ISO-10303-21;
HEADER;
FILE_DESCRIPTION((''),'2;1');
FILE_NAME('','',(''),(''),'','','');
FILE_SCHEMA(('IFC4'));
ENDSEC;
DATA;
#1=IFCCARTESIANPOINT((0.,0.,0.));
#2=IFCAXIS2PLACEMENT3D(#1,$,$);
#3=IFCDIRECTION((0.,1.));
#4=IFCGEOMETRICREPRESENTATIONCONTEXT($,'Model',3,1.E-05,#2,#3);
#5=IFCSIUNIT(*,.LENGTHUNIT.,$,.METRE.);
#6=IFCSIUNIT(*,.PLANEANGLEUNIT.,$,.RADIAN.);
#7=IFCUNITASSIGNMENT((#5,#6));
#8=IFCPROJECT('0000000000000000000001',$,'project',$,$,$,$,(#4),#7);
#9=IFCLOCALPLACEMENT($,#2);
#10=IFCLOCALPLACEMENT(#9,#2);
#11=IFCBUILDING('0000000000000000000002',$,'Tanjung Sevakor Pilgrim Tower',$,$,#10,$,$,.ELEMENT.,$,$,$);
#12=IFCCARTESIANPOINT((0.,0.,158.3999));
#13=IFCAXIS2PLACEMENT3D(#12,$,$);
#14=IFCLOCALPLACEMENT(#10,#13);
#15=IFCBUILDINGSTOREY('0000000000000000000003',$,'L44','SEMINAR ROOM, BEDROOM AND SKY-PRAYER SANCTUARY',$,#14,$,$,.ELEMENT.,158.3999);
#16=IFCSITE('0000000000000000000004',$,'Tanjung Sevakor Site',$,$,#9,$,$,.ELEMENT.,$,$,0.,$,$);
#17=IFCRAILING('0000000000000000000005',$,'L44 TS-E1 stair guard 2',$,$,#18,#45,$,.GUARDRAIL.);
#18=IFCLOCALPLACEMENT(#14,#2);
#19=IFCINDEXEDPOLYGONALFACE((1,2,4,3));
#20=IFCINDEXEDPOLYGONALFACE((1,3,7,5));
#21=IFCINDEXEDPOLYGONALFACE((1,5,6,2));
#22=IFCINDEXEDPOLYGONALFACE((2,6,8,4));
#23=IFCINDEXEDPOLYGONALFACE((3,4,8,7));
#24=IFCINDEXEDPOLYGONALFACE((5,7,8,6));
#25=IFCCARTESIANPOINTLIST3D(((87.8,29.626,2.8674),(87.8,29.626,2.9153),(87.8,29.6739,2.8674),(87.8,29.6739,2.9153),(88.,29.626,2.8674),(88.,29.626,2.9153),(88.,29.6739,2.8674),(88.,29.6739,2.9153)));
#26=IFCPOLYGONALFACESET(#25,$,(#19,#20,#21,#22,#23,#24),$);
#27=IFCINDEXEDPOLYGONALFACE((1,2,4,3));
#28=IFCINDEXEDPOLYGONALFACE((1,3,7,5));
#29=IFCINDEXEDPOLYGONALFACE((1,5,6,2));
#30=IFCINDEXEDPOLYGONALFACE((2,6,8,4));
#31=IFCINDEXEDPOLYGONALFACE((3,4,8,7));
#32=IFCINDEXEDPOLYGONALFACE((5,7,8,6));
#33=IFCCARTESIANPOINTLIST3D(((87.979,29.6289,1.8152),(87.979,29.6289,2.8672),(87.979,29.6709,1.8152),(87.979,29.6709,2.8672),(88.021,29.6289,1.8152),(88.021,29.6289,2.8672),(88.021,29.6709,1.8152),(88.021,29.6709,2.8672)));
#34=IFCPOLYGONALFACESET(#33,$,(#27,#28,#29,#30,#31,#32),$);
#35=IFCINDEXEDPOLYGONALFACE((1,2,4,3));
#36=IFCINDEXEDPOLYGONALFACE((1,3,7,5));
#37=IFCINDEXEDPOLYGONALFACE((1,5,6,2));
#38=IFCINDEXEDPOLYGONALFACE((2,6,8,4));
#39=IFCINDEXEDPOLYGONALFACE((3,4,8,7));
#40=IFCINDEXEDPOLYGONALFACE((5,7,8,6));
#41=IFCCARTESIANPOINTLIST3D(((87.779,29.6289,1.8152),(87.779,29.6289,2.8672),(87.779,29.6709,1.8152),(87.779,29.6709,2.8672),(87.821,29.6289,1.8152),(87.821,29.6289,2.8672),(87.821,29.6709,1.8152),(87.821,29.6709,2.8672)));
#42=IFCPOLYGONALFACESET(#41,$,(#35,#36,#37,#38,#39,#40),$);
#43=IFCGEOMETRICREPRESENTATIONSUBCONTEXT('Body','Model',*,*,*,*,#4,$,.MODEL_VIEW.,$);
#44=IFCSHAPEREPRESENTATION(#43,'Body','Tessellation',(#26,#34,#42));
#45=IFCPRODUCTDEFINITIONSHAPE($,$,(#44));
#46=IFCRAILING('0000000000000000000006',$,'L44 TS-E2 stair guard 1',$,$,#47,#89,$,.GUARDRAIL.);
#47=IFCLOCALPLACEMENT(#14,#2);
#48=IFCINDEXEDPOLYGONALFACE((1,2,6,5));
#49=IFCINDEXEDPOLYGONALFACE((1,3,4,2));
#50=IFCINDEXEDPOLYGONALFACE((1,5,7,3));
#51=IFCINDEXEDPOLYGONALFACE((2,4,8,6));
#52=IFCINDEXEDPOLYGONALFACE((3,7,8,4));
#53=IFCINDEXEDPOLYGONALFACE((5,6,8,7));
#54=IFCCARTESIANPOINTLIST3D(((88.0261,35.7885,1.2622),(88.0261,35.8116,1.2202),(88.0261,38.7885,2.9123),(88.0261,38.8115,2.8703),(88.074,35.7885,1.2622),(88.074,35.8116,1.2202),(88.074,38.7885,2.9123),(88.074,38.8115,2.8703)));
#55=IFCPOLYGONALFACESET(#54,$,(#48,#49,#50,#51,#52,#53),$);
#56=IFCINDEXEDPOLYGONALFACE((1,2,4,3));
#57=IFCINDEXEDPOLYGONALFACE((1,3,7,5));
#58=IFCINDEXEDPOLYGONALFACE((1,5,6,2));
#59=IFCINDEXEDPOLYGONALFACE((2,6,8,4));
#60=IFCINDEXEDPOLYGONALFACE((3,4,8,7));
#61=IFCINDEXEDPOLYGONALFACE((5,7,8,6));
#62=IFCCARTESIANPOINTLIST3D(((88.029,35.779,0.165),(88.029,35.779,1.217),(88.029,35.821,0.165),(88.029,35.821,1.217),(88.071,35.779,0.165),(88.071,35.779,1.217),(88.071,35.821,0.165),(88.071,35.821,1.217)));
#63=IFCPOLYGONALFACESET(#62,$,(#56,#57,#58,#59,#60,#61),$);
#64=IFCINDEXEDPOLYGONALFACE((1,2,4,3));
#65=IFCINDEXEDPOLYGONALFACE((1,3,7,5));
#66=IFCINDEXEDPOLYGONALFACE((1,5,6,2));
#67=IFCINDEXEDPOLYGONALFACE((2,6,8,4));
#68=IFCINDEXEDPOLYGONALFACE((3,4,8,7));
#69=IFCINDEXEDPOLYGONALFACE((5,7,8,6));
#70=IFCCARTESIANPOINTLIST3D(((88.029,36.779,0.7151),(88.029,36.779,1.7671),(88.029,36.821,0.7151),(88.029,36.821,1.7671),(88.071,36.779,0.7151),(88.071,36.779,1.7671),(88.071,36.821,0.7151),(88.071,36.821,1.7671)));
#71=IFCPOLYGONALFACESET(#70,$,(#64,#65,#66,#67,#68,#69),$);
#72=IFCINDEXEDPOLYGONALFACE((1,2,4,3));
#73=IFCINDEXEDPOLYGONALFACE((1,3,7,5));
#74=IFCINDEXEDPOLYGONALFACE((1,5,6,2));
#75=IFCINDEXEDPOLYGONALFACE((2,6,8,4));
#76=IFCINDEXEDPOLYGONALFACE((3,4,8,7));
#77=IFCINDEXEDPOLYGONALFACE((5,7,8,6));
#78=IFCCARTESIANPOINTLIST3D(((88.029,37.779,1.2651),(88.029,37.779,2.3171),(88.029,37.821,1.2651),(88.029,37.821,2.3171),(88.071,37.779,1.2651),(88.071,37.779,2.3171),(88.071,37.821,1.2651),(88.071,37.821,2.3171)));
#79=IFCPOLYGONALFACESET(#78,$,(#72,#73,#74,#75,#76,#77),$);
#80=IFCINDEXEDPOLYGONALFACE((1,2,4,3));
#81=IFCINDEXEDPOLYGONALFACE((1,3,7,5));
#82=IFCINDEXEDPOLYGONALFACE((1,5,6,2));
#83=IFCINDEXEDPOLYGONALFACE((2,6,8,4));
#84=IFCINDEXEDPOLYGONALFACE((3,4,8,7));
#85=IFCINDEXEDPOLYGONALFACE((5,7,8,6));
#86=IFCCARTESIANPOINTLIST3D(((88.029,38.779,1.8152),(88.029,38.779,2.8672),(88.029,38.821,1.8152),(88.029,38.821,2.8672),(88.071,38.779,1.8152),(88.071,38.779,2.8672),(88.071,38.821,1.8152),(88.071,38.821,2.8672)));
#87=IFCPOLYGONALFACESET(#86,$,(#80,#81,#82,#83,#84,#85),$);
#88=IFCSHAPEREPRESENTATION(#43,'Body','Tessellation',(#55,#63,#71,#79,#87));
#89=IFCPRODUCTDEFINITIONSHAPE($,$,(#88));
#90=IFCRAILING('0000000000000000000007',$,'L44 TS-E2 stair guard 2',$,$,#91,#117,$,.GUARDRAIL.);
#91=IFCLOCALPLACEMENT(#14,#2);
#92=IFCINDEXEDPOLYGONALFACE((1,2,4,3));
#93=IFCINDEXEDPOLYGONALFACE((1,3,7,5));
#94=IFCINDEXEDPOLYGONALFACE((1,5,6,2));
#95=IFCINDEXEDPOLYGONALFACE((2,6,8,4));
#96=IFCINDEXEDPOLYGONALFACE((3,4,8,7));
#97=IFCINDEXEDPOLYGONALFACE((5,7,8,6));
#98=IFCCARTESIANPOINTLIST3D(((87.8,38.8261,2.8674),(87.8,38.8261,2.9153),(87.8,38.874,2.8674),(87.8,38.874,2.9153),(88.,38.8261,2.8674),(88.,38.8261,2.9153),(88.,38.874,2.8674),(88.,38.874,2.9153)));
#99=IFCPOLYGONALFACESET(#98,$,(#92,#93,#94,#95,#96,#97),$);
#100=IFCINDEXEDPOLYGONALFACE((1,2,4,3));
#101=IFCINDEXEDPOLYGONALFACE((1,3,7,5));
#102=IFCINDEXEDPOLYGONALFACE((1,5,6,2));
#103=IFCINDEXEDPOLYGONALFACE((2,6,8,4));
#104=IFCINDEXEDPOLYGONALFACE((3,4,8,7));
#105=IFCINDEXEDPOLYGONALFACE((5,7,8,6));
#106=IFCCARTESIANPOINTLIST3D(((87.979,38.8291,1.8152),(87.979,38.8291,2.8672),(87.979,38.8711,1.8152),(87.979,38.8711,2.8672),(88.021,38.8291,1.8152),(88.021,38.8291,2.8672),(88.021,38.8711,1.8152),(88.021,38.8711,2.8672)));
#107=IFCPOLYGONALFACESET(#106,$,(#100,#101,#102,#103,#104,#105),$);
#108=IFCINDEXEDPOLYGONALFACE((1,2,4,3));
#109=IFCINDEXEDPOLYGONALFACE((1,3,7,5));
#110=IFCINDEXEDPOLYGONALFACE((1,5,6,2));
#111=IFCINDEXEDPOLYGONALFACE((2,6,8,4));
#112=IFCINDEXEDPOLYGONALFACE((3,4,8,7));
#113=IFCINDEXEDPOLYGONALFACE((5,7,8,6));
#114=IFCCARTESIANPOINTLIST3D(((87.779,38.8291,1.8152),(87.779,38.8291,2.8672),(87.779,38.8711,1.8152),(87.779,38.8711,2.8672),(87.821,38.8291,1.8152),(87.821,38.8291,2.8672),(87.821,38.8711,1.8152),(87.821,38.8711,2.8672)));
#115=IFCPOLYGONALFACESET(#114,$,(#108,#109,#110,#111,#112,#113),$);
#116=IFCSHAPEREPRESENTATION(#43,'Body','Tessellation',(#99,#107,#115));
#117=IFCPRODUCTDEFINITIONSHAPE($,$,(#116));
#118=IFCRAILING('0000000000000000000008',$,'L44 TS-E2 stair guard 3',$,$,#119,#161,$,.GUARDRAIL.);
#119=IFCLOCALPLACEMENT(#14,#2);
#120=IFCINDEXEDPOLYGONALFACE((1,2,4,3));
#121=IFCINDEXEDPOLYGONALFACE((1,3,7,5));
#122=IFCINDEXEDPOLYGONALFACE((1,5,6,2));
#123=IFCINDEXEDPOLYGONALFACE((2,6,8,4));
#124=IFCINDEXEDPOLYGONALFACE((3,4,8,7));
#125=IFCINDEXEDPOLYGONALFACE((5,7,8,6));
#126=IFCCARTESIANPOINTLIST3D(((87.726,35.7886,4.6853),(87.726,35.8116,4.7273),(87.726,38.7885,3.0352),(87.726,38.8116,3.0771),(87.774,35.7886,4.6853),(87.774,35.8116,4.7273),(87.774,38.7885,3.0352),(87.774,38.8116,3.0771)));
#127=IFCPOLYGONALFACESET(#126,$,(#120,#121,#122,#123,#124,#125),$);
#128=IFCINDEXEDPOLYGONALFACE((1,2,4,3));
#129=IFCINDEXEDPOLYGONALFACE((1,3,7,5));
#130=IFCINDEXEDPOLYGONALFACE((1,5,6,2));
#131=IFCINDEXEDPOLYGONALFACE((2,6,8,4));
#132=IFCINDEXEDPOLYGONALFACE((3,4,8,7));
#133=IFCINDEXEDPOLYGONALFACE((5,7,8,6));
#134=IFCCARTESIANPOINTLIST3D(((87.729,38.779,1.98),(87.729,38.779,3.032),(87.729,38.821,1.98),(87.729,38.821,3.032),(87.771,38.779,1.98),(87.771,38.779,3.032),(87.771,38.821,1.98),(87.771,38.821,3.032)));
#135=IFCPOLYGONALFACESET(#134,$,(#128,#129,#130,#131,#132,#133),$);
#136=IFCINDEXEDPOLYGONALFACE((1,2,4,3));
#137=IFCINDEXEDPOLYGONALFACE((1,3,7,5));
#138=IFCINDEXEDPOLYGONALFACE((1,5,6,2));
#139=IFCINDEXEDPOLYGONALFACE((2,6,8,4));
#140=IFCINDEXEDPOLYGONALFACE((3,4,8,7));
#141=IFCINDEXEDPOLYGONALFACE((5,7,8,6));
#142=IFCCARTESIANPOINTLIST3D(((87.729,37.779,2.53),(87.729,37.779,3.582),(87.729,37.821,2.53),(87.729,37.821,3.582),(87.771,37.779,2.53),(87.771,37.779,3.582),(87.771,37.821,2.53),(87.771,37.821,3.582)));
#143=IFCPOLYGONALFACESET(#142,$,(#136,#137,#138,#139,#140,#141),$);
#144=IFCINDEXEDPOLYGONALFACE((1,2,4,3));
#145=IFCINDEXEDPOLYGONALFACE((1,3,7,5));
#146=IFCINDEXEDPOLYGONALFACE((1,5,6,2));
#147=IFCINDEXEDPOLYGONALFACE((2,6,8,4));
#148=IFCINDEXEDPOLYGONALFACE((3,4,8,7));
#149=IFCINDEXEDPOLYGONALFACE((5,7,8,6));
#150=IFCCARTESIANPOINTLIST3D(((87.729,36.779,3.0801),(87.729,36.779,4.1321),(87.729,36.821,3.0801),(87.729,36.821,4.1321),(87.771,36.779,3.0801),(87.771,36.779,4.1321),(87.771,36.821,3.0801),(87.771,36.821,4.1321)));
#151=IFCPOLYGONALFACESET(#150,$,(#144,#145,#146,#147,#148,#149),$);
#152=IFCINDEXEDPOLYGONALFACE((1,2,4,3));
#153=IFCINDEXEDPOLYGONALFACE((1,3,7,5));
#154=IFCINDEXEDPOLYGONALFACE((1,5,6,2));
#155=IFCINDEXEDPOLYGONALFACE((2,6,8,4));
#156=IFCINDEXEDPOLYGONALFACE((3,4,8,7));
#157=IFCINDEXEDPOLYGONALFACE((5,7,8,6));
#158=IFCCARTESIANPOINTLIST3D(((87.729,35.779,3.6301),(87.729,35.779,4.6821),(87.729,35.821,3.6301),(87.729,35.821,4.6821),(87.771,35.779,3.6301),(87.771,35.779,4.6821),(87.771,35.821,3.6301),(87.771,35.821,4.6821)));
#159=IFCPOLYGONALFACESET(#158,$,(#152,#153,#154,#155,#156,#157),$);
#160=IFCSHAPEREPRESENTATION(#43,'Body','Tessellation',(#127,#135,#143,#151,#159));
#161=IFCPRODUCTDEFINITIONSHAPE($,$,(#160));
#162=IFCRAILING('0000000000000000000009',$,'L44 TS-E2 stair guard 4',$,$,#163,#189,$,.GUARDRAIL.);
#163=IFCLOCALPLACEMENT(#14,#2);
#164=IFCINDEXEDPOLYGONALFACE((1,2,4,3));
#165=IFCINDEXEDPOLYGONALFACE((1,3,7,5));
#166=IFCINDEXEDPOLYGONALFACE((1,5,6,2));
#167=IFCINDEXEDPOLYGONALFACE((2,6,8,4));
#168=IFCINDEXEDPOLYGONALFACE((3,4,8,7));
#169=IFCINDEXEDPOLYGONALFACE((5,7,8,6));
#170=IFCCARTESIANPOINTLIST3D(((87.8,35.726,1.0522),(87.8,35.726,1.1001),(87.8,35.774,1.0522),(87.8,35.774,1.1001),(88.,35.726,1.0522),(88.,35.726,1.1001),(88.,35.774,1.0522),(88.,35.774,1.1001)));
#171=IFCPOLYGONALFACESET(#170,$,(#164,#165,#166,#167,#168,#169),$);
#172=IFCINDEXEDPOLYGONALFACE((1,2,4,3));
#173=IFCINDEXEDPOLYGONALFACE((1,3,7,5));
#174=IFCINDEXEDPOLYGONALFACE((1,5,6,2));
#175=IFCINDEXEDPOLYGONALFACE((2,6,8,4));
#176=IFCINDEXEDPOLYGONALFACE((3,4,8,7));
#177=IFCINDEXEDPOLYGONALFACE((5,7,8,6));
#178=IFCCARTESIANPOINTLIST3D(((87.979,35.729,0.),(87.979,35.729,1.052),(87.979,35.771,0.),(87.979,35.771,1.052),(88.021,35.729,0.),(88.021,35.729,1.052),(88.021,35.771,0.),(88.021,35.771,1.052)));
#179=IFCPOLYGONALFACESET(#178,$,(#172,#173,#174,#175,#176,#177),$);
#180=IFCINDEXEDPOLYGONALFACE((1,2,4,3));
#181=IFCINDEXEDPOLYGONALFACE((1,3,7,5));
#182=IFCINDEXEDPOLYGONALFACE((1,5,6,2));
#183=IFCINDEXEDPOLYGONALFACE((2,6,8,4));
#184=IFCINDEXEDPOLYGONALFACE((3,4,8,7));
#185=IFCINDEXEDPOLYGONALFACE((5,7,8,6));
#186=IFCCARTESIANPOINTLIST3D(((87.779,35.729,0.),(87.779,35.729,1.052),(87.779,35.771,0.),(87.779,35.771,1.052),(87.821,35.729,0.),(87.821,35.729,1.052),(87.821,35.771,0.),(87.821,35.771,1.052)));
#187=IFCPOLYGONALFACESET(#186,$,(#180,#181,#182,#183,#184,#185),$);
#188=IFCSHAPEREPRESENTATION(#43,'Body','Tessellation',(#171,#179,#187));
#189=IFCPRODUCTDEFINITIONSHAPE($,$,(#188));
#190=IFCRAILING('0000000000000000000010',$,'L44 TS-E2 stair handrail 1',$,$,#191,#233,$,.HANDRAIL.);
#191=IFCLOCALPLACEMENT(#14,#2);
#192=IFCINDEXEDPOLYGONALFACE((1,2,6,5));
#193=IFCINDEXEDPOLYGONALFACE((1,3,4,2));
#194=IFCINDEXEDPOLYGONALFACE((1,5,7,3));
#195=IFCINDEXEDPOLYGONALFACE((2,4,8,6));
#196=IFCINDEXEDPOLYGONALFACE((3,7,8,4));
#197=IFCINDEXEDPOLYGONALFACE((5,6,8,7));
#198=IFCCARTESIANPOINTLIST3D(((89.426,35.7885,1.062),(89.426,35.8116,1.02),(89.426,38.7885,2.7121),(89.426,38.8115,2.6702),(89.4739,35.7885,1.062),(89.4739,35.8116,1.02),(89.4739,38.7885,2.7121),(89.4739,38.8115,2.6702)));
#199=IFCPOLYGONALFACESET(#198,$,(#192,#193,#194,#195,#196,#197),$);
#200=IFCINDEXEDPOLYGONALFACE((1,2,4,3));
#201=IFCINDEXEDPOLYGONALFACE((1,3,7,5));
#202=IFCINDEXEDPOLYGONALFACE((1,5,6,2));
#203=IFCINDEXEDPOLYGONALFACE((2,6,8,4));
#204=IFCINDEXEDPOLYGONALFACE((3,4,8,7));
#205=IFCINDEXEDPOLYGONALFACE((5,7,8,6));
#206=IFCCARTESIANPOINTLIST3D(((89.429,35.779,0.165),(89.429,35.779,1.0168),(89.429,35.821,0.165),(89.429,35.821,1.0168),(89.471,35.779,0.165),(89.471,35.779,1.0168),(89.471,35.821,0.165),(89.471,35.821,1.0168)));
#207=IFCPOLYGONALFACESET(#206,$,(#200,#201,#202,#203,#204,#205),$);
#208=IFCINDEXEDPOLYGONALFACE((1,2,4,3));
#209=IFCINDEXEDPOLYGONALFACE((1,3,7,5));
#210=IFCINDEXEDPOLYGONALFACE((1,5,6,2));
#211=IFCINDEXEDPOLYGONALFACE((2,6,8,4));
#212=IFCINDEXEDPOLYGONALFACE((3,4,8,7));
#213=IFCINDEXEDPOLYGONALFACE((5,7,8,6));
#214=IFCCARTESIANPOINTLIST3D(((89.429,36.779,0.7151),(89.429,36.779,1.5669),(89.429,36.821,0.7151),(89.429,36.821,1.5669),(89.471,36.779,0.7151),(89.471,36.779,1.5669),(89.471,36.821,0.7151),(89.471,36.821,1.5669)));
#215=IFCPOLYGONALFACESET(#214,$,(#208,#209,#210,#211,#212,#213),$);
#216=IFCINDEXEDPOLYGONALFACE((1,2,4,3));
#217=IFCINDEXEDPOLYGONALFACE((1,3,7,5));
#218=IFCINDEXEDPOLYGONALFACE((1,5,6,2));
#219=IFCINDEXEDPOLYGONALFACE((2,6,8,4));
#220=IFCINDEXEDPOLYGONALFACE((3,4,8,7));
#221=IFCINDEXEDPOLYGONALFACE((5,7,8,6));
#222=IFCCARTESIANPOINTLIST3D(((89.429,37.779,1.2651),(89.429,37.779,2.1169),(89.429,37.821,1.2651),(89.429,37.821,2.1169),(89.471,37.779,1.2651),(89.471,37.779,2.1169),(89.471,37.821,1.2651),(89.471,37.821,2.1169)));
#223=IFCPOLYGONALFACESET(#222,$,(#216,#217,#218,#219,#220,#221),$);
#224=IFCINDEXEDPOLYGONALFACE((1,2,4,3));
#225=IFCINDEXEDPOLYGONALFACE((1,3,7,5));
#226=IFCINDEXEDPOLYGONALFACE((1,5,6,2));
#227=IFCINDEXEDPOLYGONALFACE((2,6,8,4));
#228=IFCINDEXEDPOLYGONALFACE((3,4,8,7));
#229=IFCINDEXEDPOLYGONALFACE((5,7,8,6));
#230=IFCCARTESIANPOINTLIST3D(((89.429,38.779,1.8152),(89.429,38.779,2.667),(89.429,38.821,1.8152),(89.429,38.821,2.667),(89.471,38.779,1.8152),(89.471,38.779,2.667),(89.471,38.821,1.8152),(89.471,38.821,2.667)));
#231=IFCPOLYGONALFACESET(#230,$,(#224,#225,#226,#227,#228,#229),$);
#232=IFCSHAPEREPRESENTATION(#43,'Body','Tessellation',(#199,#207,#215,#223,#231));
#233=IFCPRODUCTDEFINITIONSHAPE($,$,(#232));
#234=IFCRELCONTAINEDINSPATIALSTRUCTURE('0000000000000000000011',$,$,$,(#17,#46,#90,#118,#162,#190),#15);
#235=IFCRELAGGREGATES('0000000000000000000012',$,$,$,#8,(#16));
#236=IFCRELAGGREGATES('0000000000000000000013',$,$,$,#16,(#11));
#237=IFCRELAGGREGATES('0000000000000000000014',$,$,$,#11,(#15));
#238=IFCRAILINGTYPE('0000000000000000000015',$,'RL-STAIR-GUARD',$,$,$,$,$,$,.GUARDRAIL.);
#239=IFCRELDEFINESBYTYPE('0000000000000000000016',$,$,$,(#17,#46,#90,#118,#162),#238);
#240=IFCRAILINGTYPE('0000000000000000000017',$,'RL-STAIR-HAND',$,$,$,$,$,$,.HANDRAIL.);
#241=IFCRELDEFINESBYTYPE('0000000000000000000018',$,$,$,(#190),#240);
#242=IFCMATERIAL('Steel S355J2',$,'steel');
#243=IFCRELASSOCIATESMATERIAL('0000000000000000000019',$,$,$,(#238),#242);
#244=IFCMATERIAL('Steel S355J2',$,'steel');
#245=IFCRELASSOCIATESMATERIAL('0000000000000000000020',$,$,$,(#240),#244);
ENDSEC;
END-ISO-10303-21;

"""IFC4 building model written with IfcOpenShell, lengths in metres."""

from ifc_helpers import new_model, si_unit, direction, frame, origin, place, context, subcontext, project, spatial, rectangle, extrude, material, type_object, element, save


model = new_model("IFC4")

# Units and contexts
model_context = context("Model", 3, precision=1e-05, world=origin(), true_north=direction((0.0, 1.0)))
body_context = subcontext(model_context, "Body", "Model", "MODEL_VIEW")
ifc_project = project(units=[si_unit("LENGTHUNIT", "METRE"), si_unit("PLANEANGLEUNIT", "RADIAN")], contexts=[model_context])

# Site, building, storey
site_placement = place(None, origin())
site = spatial("IfcSite", under=ifc_project, at=site_placement, Name="Tanjung Sevakor Site", CompositionType="ELEMENT", RefElevation=0.0)
building_placement = place(site_placement, origin())
building = spatial("IfcBuilding", under=site, at=building_placement, Name="Tanjung Sevakor Pilgrim Tower", CompositionType="ELEMENT")
storey_placement = place(building_placement, frame((0.0, 0.0, 158.3999)))
storey = spatial("IfcBuildingStorey", under=building, at=storey_placement, Name="L44", Description="SEMINAR ROOM, BEDROOM AND SKY-PRAYER SANCTUARY", CompositionType="ELEMENT", Elevation=158.3999)

# Railings
ifc_material_1 = material(Name="Steel S355J2", Category="steel")
railing_type_1 = type_object("IfcRailingType", Name="RL-STAIR-GUARD", PredefinedType="GUARDRAIL", material=ifc_material_1)
railing_1_placement = place(storey_placement, frame((88.0, 29.6499, 1.8152)))
element("IfcRailing", 1, at=railing_1_placement, inside=storey, type_object=railing_type_1, Name="L44 TS-E1 stair guard 2", PredefinedType="GUARDRAIL", context=body_context, shape_type="SweptSolid", body=[
    extrude(rectangle(XDim=0.0479, YDim=0.0479), frame((0.0, 0.0, 1.0762), z_axis=(-1.0, 0.0, 0.0), x_axis=(0.0, -1.0, 0.0)), (0.0, 0.0, 1.0), 0.2),
    extrude(rectangle(XDim=0.042, YDim=0.042), origin(), (0.0, 0.0, 1.0), 1.052),
    extrude(rectangle(XDim=0.042, YDim=0.042), frame((-0.2, 0.0, 0.0)), (0.0, 0.0, 1.0), 1.052),
])
railing_2_placement = place(storey_placement, frame((88.05, 35.8, 0.165)))
element("IfcRailing", 2, at=railing_2_placement, inside=storey, type_object=railing_type_1, Name="L44 TS-E2 stair guard 1", PredefinedType="GUARDRAIL", context=body_context, shape_type="SweptSolid", body=[
    extrude(rectangle(XDim=0.0479, YDim=0.0479), frame((0.0, 0.0, 1.0762), z_axis=(0.0, 0.876198, 0.481952), x_axis=(-1.0, 0.0, 0.0)), (0.0, 0.0, 1.0), 3.4238),
    extrude(rectangle(XDim=0.042, YDim=0.042), origin(), (0.0, 0.0, 1.0), 1.052),
    extrude(rectangle(XDim=0.042, YDim=0.042), frame((0.0, 1.0, 0.55)), (0.0, 0.0, 1.0), 1.052),
    extrude(rectangle(XDim=0.042, YDim=0.042), frame((0.0, 2.0, 1.1001)), (0.0, 0.0, 1.0), 1.052),
    extrude(rectangle(XDim=0.042, YDim=0.042), frame((0.0, 3.0, 1.6501)), (0.0, 0.0, 1.0), 1.052),
])
railing_3_placement = place(storey_placement, frame((88.0, 38.8501, 1.8152)))
element("IfcRailing", 3, at=railing_3_placement, inside=storey, type_object=railing_type_1, Name="L44 TS-E2 stair guard 2", PredefinedType="GUARDRAIL", context=body_context, shape_type="SweptSolid", body=[
    extrude(rectangle(XDim=0.0479, YDim=0.0479), frame((0.0, 0.0, 1.0762), z_axis=(-1.0, 0.0, 0.0), x_axis=(0.0, -1.0, 0.0)), (0.0, 0.0, 1.0), 0.2),
    extrude(rectangle(XDim=0.042, YDim=0.042), origin(), (0.0, 0.0, 1.0), 1.052),
    extrude(rectangle(XDim=0.042, YDim=0.042), frame((-0.2, 0.0, 0.0)), (0.0, 0.0, 1.0), 1.052),
])
railing_4_placement = place(storey_placement, frame((87.75, 38.8, 1.98)))
element("IfcRailing", 4, at=railing_4_placement, inside=storey, type_object=railing_type_1, Name="L44 TS-E2 stair guard 3", PredefinedType="GUARDRAIL", context=body_context, shape_type="SweptSolid", body=[
    extrude(rectangle(XDim=0.0479, YDim=0.0479), frame((0.0, 0.0, 1.0762), z_axis=(0.0, -0.876198, 0.481952), x_axis=(1.0, 0.0, 0.0)), (0.0, 0.0, 1.0), 3.4238),
    extrude(rectangle(XDim=0.042, YDim=0.042), origin(), (0.0, 0.0, 1.0), 1.052),
    extrude(rectangle(XDim=0.042, YDim=0.042), frame((0.0, -1.0, 0.55)), (0.0, 0.0, 1.0), 1.052),
    extrude(rectangle(XDim=0.042, YDim=0.042), frame((0.0, -2.0, 1.1001)), (0.0, 0.0, 1.0), 1.052),
    extrude(rectangle(XDim=0.042, YDim=0.042), frame((0.0, -3.0, 1.6501)), (0.0, 0.0, 1.0), 1.052),
])
railing_5_placement = place(storey_placement, frame((88.0, 35.75, 0.0)))
element("IfcRailing", 5, at=railing_5_placement, inside=storey, type_object=railing_type_1, Name="L44 TS-E2 stair guard 4", PredefinedType="GUARDRAIL", context=body_context, shape_type="SweptSolid", body=[
    extrude(rectangle(XDim=0.0479, YDim=0.0479), frame((0.0, 0.0, 1.0762), z_axis=(-1.0, 0.0, 0.0), x_axis=(0.0, -1.0, 0.0)), (0.0, 0.0, 1.0), 0.2),
    extrude(rectangle(XDim=0.042, YDim=0.042), origin(), (0.0, 0.0, 1.0), 1.052),
    extrude(rectangle(XDim=0.042, YDim=0.042), frame((-0.2, 0.0, 0.0)), (0.0, 0.0, 1.0), 1.052),
])
ifc_material_2 = material(Name="Steel S355J2", Category="steel")
railing_type_2 = type_object("IfcRailingType", Name="RL-STAIR-HAND", PredefinedType="HANDRAIL", material=ifc_material_2)
railing_6_placement = place(storey_placement, frame((89.45, 35.8, 0.165)))
element("IfcRailing", 6, at=railing_6_placement, inside=storey, type_object=railing_type_2, Name="L44 TS-E2 stair handrail 1", PredefinedType="HANDRAIL", context=body_context, shape_type="SweptSolid", body=[
    extrude(rectangle(XDim=0.0479, YDim=0.0479), frame((0.0, 0.0, 0.876), z_axis=(0.0, 0.876198, 0.481952), x_axis=(-1.0, 0.0, 0.0)), (0.0, 0.0, 1.0), 3.4238),
    extrude(rectangle(XDim=0.042, YDim=0.042), origin(), (0.0, 0.0, 1.0), 0.8518),
    extrude(rectangle(XDim=0.042, YDim=0.042), frame((0.0, 1.0, 0.55)), (0.0, 0.0, 1.0), 0.8518),
    extrude(rectangle(XDim=0.042, YDim=0.042), frame((0.0, 2.0, 1.1001)), (0.0, 0.0, 1.0), 0.8518),
    extrude(rectangle(XDim=0.042, YDim=0.042), frame((0.0, 3.0, 1.6501)), (0.0, 0.0, 1.0), 0.8518),
])

save(model, "model.ifc")
